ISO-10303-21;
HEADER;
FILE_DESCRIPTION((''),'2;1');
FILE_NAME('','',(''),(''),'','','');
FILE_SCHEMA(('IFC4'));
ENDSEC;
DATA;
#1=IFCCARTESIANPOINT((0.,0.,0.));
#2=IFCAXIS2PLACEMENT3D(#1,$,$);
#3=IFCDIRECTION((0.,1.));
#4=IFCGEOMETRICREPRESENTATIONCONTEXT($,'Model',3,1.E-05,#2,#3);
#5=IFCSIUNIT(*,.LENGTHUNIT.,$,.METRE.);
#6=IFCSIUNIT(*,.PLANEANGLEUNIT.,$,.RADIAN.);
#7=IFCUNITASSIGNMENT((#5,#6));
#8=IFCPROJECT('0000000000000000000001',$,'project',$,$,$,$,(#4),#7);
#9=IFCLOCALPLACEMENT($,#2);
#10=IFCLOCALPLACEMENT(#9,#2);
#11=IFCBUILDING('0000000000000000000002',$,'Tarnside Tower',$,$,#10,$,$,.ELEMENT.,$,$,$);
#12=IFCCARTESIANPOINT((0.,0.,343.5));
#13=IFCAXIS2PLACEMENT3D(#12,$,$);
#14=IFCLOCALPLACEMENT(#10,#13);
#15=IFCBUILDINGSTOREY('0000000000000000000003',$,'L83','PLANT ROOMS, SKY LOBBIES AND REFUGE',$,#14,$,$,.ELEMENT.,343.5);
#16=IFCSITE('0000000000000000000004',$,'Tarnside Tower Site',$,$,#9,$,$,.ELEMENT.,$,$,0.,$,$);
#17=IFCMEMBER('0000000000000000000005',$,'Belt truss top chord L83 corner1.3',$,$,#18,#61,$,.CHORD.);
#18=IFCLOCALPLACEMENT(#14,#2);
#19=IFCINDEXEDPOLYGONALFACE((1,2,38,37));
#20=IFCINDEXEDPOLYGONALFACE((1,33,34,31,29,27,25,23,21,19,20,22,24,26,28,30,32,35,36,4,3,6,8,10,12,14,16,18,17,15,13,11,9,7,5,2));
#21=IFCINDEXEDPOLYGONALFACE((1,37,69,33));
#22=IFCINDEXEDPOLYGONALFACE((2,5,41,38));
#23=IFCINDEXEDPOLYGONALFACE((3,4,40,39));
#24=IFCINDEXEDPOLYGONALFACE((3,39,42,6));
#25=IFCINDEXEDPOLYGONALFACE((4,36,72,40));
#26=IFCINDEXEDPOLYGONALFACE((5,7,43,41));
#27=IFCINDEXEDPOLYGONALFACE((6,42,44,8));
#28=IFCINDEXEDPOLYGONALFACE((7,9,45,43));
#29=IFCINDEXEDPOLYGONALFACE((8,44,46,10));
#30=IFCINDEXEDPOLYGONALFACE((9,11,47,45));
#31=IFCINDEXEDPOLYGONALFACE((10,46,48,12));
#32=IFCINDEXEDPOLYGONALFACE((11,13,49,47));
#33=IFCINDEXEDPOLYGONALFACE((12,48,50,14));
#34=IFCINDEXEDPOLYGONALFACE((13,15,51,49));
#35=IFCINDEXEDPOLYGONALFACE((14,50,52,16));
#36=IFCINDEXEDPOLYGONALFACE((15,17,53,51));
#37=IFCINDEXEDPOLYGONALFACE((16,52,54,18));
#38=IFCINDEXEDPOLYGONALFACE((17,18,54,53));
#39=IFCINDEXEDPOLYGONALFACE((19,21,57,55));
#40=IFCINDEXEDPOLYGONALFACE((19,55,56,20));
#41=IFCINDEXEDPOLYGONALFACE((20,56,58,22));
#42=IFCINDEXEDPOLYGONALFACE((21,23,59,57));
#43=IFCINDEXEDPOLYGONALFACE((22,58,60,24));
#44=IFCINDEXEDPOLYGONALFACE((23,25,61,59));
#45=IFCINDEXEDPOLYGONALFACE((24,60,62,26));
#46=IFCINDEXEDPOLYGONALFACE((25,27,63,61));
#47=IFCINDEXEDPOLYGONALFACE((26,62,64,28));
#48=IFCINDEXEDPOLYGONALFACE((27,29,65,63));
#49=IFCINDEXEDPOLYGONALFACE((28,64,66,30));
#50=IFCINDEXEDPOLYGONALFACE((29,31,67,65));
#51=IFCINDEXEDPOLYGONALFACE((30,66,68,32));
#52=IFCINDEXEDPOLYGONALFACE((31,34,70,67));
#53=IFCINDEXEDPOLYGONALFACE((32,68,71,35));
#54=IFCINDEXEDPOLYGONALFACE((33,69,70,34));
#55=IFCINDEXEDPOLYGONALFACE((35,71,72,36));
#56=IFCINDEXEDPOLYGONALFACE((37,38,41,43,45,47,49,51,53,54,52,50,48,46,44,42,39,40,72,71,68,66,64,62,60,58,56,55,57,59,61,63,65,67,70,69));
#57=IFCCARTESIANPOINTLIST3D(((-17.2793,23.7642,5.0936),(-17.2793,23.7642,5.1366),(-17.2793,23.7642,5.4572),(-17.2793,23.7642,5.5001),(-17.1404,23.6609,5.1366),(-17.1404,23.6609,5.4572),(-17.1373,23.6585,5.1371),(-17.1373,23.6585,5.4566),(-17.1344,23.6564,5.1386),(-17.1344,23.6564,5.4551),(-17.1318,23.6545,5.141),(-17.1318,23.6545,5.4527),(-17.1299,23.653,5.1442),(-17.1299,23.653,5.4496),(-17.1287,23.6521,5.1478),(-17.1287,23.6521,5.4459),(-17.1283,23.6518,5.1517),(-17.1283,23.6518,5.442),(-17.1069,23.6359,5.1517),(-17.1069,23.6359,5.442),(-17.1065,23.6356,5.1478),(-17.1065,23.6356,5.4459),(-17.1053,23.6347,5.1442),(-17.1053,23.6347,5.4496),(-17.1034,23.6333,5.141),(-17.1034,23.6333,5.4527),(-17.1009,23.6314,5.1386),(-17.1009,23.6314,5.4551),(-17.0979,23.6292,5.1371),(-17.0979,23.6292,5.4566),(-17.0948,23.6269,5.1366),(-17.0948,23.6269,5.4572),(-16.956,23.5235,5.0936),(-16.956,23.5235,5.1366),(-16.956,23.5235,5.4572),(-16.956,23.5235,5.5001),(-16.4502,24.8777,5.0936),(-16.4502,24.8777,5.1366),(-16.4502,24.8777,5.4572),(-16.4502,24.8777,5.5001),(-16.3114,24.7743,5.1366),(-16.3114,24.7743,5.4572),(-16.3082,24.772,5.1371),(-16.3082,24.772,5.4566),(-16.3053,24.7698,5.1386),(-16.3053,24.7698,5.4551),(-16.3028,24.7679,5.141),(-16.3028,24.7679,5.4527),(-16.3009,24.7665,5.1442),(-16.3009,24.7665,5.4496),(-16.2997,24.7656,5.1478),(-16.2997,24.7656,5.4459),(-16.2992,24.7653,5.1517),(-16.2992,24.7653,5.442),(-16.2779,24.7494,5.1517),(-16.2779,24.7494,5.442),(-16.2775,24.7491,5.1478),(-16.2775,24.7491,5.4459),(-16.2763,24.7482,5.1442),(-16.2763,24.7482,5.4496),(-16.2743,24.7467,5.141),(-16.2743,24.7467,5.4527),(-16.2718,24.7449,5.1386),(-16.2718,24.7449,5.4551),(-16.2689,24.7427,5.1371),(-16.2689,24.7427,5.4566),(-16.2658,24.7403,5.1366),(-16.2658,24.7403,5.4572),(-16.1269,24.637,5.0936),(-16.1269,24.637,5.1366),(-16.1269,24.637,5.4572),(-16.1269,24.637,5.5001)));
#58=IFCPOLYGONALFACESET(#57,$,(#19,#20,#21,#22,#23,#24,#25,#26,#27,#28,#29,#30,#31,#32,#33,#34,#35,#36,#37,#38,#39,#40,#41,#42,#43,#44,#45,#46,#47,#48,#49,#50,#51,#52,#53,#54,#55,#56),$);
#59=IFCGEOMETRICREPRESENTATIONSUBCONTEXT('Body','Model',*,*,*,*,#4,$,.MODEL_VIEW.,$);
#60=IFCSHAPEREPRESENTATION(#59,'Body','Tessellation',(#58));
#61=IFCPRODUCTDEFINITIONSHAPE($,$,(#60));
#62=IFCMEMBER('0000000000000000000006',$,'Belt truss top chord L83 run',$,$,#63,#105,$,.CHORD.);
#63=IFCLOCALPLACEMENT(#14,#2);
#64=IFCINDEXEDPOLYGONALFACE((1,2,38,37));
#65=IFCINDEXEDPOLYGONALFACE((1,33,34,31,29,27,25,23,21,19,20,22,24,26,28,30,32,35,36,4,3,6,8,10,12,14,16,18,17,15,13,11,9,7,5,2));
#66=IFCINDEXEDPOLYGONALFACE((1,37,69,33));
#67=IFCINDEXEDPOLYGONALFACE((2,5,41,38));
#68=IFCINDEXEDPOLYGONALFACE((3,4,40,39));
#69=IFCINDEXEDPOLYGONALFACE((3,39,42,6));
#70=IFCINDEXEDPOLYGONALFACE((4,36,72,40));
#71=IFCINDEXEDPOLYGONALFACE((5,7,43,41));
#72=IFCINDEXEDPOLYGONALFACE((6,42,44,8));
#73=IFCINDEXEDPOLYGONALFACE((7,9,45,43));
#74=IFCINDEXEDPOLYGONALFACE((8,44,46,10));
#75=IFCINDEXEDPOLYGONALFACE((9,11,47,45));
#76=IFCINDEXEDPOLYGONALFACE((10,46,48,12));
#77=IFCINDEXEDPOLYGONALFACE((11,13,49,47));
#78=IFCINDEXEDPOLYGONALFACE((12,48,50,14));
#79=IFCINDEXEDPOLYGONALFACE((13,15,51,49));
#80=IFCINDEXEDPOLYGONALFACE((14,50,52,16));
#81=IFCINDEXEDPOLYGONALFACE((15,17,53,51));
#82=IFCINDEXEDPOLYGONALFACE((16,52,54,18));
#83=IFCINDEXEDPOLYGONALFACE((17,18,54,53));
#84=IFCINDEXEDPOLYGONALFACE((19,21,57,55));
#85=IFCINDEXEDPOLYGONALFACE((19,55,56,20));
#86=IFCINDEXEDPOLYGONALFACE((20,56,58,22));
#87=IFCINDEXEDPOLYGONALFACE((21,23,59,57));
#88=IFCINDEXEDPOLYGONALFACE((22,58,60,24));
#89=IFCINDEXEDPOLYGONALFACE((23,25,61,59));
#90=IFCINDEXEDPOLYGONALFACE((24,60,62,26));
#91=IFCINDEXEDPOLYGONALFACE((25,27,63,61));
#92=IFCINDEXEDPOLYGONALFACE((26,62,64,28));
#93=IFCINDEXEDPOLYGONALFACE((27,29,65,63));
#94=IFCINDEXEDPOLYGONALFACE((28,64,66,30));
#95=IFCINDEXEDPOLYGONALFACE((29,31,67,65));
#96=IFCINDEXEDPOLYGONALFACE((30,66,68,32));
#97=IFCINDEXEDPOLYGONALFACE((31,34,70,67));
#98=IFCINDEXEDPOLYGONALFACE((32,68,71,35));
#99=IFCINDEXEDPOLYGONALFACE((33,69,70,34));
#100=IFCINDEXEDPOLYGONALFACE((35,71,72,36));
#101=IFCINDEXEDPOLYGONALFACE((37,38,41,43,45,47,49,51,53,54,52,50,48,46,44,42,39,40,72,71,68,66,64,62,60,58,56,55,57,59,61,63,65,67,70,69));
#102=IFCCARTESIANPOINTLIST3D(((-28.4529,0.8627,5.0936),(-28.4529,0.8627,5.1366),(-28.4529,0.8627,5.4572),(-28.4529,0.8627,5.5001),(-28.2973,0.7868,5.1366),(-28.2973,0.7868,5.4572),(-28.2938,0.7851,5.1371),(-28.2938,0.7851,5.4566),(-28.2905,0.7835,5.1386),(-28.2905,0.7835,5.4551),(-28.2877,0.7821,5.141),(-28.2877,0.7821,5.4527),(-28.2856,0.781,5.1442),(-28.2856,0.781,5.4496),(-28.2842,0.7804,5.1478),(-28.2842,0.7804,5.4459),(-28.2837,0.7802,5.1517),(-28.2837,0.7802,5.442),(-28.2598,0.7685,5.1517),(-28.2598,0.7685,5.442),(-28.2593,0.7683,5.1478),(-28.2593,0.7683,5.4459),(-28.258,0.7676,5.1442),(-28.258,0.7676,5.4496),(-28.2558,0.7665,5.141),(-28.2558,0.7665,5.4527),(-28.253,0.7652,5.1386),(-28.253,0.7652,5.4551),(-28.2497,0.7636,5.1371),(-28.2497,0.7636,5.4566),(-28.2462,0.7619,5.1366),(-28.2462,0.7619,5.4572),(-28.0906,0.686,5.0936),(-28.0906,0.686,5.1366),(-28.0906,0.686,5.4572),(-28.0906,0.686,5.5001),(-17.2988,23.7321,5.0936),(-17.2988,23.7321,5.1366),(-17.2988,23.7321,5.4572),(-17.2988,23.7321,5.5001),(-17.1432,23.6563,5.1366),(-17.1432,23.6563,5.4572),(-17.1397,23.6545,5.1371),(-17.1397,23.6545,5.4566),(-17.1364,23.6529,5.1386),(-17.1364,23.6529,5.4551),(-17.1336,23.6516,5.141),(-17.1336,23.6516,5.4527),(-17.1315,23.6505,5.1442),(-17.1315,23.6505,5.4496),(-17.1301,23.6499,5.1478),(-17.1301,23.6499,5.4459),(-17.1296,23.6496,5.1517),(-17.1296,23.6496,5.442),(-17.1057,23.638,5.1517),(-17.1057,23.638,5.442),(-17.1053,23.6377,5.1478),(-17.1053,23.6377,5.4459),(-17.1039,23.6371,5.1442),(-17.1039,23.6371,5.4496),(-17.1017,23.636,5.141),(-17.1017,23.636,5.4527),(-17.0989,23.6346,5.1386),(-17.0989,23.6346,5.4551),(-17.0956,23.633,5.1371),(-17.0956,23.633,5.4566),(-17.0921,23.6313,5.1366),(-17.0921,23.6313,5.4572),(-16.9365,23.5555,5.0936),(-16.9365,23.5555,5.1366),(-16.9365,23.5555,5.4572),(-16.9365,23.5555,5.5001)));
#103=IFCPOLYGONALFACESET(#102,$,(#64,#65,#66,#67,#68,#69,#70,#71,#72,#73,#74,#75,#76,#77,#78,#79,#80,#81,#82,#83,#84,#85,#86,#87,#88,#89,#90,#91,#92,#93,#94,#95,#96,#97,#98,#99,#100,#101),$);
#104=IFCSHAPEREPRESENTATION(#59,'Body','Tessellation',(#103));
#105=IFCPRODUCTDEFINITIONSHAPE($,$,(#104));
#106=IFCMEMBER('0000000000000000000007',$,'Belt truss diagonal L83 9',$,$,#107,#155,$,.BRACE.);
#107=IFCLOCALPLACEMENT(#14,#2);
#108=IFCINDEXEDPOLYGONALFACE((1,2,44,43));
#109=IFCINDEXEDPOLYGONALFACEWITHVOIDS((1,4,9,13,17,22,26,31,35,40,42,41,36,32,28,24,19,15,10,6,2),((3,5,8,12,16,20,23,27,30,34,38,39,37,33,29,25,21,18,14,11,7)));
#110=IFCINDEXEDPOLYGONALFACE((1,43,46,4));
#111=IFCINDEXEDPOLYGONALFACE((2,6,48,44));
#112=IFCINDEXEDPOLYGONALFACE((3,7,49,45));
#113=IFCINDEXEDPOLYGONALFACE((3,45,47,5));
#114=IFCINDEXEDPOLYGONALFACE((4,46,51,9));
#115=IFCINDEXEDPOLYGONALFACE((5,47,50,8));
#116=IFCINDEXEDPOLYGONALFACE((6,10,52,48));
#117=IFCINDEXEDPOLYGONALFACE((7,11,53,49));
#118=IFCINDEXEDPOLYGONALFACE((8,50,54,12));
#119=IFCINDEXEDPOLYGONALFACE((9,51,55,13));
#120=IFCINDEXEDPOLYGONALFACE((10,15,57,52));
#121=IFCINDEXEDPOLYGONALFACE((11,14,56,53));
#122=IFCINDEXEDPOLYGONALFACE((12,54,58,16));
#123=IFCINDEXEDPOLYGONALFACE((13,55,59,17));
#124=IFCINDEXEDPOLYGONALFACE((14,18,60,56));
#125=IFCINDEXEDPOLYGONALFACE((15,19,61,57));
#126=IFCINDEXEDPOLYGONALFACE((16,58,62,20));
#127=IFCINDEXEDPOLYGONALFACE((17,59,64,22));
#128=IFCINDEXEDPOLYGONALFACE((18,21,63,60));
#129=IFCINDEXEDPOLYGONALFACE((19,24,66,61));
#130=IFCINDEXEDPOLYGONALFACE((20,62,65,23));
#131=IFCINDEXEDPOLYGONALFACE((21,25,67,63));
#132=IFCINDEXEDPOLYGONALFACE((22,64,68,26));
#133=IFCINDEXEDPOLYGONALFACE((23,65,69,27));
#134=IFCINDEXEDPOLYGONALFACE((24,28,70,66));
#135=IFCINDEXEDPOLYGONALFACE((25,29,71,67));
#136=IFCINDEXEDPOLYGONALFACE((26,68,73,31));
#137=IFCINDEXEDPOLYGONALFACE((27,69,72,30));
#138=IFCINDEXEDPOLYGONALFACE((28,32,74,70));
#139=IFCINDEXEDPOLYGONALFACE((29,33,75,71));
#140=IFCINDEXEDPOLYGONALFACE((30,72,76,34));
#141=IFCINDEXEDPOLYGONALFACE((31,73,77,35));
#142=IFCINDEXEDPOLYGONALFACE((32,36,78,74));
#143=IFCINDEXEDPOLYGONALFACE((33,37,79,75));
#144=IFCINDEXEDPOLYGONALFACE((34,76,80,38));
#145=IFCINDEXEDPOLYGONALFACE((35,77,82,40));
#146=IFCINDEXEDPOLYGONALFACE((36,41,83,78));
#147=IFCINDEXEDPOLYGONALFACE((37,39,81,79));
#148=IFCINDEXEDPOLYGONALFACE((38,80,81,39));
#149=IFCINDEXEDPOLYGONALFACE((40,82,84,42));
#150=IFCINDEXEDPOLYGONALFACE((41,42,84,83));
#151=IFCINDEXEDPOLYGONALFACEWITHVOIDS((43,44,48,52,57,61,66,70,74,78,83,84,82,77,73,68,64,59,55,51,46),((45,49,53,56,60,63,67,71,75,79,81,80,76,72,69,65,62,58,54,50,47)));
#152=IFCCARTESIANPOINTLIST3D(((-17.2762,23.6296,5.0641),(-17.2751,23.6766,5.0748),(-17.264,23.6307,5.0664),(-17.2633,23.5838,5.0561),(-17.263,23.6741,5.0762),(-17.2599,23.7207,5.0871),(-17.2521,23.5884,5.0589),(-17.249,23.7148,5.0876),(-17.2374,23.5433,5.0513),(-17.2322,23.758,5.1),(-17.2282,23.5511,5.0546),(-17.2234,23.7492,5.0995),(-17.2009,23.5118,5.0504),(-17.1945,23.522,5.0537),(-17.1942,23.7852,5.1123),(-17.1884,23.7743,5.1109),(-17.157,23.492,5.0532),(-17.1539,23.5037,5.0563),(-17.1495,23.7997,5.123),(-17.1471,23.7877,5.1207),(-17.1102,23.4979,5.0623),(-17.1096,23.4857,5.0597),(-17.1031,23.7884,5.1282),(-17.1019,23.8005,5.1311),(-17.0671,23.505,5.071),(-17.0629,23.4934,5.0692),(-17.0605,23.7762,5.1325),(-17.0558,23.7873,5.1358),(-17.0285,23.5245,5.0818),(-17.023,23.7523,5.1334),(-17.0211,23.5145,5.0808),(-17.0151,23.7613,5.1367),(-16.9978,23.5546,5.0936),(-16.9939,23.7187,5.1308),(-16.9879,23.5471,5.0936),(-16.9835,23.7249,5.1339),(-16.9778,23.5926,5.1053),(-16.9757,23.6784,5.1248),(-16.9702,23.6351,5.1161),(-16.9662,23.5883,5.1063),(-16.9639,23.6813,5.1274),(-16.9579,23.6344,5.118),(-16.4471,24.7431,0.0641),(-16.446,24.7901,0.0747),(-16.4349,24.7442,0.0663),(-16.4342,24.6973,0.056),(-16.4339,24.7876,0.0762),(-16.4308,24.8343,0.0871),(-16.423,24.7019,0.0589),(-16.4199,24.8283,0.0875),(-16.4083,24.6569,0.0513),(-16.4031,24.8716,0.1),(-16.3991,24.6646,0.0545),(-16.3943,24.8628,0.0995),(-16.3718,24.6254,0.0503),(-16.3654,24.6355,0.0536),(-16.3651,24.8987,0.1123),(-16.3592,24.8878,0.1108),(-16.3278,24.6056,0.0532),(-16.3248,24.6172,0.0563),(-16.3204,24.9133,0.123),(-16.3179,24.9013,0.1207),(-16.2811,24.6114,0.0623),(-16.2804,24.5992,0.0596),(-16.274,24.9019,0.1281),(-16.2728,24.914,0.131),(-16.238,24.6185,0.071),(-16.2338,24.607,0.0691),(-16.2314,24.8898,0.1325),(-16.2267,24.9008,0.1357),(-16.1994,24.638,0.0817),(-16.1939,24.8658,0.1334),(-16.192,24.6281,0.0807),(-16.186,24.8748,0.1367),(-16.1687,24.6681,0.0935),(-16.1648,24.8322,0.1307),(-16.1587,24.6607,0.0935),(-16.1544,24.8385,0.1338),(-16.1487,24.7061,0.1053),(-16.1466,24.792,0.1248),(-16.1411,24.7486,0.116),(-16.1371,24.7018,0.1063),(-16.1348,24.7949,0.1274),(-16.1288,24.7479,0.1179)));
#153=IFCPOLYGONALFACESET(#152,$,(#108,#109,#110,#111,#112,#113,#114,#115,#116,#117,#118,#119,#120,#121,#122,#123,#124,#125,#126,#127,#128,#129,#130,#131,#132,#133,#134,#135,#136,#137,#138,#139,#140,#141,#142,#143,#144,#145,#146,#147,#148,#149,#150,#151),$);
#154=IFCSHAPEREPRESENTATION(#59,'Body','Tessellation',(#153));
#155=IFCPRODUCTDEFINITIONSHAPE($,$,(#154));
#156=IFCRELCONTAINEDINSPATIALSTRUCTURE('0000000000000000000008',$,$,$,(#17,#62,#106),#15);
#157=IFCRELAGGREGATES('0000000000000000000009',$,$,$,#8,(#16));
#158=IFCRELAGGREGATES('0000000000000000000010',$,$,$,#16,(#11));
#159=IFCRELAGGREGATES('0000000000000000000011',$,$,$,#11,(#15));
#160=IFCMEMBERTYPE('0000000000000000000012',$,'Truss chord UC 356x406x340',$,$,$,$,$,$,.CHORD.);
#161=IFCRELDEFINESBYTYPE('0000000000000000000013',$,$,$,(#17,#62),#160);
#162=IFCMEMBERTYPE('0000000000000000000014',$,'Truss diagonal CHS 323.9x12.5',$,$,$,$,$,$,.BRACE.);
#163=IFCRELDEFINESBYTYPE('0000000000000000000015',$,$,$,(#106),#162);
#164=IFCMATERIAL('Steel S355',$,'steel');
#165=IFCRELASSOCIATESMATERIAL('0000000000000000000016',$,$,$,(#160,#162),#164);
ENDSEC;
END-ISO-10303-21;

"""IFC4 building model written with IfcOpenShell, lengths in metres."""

from ifc_helpers import new_model, si_unit, direction, frame, origin, origin_2d, place, context, subcontext, project, spatial, hollow_circle, i_section, extrude, material, material_profile, profile_set, type_object, element, save


model = new_model("IFC4")

# Units and contexts
model_context = context("Model", 3, precision=1e-05, world=origin(), true_north=direction((0.0, 1.0)))
body_context = subcontext(model_context, "Body", "Model", "MODEL_VIEW")
ifc_project = project(units=[si_unit("LENGTHUNIT", "METRE"), si_unit("PLANEANGLEUNIT", "RADIAN")], contexts=[model_context])

# Site, building, storey
site_placement = place(None, origin())
site = spatial("IfcSite", under=ifc_project, at=site_placement, Name="Tarnside Tower Site", CompositionType="ELEMENT", RefElevation=0.0)
building_placement = place(site_placement, origin())
building = spatial("IfcBuilding", under=site, at=building_placement, Name="Tarnside Tower", CompositionType="ELEMENT")
storey_placement = place(building_placement, frame((0.0, 0.0, 343.5)))
storey = spatial("IfcBuildingStorey", under=building, at=storey_placement, Name="L83", Description="PLANT ROOMS, SKY LOBBIES AND REFUGE", CompositionType="ELEMENT", Elevation=343.5)

# Shared definitions
ifc_material_1 = material(Name="Steel S355", Category="steel")

# Members
ifc_material_profile_1 = material_profile(ifc_material_1, i_section(OverallWidth=0.4031, OverallDepth=0.4065, WebThickness=0.0266, FlangeThickness=0.043, FilletRadius=0.0151, at=origin_2d()), Name="UC 356x406x340")
ifc_profile_set_1 = profile_set([ifc_material_profile_1], Name="Steel S355")
member_type_1 = type_object("IfcMemberType", Name="Truss chord UC 356x406x340", PredefinedType="CHORD", material=ifc_profile_set_1)
member_1_placement = place(storey_placement, frame((-16.2886, 24.7573, 5.2969), z_axis=(-0.597211, -0.802084, 0.0), x_axis=(0.802084, -0.597211, 0.0)))
element("IfcMember", 1, at=member_1_placement, inside=storey, type_object=member_type_1, Name="Belt truss top chord L83 corner1.3", PredefinedType="CHORD", context=body_context, shape_type="SweptSolid", body=[
    extrude(i_section(OverallWidth=0.4031, OverallDepth=0.4065, WebThickness=0.0266, FlangeThickness=0.043, FilletRadius=0.0151, at=origin_2d()), origin(), (0.0, 0.0, 1.0), 1.3882),
])
member_2_placement = place(storey_placement, frame((-17.1177, 23.6438, 5.2969), z_axis=(-0.438368, -0.898795, 0.0), x_axis=(0.898795, -0.438368, 0.0)))
element("IfcMember", 2, at=member_2_placement, inside=storey, type_object=member_type_1, Name="Belt truss top chord L83 run", PredefinedType="CHORD", context=body_context, shape_type="SweptSolid", body=[
    extrude(i_section(OverallWidth=0.4031, OverallDepth=0.4065, WebThickness=0.0266, FlangeThickness=0.043, FilletRadius=0.0151, at=origin_2d()), origin(), (0.0, 0.0, 1.0), 25.4446),
])
ifc_material_profile_2 = material_profile(ifc_material_1, hollow_circle(Radius=0.1619, WallThickness=0.0125, at=origin_2d()), Name="CHS 323.9x12.5")
ifc_profile_set_2 = profile_set([ifc_material_profile_2], Name="Steel S355")
member_type_2 = type_object("IfcMemberType", Name="Truss diagonal CHS 323.9x12.5", PredefinedType="BRACE", material=ifc_profile_set_2)
member_3_placement = place(storey_placement, frame((-16.2886, 24.7573, 0.0935), z_axis=(-0.159776, -0.214587, 0.963548), x_axis=(0.802084, -0.597211, 0.0)))
element("IfcMember", 3, at=member_3_placement, inside=storey, type_object=member_type_2, Name="Belt truss diagonal L83 9", PredefinedType="BRACE", context=body_context, shape_type="SweptSolid", body=[
    extrude(hollow_circle(Radius=0.1619, WallThickness=0.0125, at=origin_2d()), origin(), (0.0, 0.0, 1.0), 5.1892),
])

save(model, "model.ifc")
